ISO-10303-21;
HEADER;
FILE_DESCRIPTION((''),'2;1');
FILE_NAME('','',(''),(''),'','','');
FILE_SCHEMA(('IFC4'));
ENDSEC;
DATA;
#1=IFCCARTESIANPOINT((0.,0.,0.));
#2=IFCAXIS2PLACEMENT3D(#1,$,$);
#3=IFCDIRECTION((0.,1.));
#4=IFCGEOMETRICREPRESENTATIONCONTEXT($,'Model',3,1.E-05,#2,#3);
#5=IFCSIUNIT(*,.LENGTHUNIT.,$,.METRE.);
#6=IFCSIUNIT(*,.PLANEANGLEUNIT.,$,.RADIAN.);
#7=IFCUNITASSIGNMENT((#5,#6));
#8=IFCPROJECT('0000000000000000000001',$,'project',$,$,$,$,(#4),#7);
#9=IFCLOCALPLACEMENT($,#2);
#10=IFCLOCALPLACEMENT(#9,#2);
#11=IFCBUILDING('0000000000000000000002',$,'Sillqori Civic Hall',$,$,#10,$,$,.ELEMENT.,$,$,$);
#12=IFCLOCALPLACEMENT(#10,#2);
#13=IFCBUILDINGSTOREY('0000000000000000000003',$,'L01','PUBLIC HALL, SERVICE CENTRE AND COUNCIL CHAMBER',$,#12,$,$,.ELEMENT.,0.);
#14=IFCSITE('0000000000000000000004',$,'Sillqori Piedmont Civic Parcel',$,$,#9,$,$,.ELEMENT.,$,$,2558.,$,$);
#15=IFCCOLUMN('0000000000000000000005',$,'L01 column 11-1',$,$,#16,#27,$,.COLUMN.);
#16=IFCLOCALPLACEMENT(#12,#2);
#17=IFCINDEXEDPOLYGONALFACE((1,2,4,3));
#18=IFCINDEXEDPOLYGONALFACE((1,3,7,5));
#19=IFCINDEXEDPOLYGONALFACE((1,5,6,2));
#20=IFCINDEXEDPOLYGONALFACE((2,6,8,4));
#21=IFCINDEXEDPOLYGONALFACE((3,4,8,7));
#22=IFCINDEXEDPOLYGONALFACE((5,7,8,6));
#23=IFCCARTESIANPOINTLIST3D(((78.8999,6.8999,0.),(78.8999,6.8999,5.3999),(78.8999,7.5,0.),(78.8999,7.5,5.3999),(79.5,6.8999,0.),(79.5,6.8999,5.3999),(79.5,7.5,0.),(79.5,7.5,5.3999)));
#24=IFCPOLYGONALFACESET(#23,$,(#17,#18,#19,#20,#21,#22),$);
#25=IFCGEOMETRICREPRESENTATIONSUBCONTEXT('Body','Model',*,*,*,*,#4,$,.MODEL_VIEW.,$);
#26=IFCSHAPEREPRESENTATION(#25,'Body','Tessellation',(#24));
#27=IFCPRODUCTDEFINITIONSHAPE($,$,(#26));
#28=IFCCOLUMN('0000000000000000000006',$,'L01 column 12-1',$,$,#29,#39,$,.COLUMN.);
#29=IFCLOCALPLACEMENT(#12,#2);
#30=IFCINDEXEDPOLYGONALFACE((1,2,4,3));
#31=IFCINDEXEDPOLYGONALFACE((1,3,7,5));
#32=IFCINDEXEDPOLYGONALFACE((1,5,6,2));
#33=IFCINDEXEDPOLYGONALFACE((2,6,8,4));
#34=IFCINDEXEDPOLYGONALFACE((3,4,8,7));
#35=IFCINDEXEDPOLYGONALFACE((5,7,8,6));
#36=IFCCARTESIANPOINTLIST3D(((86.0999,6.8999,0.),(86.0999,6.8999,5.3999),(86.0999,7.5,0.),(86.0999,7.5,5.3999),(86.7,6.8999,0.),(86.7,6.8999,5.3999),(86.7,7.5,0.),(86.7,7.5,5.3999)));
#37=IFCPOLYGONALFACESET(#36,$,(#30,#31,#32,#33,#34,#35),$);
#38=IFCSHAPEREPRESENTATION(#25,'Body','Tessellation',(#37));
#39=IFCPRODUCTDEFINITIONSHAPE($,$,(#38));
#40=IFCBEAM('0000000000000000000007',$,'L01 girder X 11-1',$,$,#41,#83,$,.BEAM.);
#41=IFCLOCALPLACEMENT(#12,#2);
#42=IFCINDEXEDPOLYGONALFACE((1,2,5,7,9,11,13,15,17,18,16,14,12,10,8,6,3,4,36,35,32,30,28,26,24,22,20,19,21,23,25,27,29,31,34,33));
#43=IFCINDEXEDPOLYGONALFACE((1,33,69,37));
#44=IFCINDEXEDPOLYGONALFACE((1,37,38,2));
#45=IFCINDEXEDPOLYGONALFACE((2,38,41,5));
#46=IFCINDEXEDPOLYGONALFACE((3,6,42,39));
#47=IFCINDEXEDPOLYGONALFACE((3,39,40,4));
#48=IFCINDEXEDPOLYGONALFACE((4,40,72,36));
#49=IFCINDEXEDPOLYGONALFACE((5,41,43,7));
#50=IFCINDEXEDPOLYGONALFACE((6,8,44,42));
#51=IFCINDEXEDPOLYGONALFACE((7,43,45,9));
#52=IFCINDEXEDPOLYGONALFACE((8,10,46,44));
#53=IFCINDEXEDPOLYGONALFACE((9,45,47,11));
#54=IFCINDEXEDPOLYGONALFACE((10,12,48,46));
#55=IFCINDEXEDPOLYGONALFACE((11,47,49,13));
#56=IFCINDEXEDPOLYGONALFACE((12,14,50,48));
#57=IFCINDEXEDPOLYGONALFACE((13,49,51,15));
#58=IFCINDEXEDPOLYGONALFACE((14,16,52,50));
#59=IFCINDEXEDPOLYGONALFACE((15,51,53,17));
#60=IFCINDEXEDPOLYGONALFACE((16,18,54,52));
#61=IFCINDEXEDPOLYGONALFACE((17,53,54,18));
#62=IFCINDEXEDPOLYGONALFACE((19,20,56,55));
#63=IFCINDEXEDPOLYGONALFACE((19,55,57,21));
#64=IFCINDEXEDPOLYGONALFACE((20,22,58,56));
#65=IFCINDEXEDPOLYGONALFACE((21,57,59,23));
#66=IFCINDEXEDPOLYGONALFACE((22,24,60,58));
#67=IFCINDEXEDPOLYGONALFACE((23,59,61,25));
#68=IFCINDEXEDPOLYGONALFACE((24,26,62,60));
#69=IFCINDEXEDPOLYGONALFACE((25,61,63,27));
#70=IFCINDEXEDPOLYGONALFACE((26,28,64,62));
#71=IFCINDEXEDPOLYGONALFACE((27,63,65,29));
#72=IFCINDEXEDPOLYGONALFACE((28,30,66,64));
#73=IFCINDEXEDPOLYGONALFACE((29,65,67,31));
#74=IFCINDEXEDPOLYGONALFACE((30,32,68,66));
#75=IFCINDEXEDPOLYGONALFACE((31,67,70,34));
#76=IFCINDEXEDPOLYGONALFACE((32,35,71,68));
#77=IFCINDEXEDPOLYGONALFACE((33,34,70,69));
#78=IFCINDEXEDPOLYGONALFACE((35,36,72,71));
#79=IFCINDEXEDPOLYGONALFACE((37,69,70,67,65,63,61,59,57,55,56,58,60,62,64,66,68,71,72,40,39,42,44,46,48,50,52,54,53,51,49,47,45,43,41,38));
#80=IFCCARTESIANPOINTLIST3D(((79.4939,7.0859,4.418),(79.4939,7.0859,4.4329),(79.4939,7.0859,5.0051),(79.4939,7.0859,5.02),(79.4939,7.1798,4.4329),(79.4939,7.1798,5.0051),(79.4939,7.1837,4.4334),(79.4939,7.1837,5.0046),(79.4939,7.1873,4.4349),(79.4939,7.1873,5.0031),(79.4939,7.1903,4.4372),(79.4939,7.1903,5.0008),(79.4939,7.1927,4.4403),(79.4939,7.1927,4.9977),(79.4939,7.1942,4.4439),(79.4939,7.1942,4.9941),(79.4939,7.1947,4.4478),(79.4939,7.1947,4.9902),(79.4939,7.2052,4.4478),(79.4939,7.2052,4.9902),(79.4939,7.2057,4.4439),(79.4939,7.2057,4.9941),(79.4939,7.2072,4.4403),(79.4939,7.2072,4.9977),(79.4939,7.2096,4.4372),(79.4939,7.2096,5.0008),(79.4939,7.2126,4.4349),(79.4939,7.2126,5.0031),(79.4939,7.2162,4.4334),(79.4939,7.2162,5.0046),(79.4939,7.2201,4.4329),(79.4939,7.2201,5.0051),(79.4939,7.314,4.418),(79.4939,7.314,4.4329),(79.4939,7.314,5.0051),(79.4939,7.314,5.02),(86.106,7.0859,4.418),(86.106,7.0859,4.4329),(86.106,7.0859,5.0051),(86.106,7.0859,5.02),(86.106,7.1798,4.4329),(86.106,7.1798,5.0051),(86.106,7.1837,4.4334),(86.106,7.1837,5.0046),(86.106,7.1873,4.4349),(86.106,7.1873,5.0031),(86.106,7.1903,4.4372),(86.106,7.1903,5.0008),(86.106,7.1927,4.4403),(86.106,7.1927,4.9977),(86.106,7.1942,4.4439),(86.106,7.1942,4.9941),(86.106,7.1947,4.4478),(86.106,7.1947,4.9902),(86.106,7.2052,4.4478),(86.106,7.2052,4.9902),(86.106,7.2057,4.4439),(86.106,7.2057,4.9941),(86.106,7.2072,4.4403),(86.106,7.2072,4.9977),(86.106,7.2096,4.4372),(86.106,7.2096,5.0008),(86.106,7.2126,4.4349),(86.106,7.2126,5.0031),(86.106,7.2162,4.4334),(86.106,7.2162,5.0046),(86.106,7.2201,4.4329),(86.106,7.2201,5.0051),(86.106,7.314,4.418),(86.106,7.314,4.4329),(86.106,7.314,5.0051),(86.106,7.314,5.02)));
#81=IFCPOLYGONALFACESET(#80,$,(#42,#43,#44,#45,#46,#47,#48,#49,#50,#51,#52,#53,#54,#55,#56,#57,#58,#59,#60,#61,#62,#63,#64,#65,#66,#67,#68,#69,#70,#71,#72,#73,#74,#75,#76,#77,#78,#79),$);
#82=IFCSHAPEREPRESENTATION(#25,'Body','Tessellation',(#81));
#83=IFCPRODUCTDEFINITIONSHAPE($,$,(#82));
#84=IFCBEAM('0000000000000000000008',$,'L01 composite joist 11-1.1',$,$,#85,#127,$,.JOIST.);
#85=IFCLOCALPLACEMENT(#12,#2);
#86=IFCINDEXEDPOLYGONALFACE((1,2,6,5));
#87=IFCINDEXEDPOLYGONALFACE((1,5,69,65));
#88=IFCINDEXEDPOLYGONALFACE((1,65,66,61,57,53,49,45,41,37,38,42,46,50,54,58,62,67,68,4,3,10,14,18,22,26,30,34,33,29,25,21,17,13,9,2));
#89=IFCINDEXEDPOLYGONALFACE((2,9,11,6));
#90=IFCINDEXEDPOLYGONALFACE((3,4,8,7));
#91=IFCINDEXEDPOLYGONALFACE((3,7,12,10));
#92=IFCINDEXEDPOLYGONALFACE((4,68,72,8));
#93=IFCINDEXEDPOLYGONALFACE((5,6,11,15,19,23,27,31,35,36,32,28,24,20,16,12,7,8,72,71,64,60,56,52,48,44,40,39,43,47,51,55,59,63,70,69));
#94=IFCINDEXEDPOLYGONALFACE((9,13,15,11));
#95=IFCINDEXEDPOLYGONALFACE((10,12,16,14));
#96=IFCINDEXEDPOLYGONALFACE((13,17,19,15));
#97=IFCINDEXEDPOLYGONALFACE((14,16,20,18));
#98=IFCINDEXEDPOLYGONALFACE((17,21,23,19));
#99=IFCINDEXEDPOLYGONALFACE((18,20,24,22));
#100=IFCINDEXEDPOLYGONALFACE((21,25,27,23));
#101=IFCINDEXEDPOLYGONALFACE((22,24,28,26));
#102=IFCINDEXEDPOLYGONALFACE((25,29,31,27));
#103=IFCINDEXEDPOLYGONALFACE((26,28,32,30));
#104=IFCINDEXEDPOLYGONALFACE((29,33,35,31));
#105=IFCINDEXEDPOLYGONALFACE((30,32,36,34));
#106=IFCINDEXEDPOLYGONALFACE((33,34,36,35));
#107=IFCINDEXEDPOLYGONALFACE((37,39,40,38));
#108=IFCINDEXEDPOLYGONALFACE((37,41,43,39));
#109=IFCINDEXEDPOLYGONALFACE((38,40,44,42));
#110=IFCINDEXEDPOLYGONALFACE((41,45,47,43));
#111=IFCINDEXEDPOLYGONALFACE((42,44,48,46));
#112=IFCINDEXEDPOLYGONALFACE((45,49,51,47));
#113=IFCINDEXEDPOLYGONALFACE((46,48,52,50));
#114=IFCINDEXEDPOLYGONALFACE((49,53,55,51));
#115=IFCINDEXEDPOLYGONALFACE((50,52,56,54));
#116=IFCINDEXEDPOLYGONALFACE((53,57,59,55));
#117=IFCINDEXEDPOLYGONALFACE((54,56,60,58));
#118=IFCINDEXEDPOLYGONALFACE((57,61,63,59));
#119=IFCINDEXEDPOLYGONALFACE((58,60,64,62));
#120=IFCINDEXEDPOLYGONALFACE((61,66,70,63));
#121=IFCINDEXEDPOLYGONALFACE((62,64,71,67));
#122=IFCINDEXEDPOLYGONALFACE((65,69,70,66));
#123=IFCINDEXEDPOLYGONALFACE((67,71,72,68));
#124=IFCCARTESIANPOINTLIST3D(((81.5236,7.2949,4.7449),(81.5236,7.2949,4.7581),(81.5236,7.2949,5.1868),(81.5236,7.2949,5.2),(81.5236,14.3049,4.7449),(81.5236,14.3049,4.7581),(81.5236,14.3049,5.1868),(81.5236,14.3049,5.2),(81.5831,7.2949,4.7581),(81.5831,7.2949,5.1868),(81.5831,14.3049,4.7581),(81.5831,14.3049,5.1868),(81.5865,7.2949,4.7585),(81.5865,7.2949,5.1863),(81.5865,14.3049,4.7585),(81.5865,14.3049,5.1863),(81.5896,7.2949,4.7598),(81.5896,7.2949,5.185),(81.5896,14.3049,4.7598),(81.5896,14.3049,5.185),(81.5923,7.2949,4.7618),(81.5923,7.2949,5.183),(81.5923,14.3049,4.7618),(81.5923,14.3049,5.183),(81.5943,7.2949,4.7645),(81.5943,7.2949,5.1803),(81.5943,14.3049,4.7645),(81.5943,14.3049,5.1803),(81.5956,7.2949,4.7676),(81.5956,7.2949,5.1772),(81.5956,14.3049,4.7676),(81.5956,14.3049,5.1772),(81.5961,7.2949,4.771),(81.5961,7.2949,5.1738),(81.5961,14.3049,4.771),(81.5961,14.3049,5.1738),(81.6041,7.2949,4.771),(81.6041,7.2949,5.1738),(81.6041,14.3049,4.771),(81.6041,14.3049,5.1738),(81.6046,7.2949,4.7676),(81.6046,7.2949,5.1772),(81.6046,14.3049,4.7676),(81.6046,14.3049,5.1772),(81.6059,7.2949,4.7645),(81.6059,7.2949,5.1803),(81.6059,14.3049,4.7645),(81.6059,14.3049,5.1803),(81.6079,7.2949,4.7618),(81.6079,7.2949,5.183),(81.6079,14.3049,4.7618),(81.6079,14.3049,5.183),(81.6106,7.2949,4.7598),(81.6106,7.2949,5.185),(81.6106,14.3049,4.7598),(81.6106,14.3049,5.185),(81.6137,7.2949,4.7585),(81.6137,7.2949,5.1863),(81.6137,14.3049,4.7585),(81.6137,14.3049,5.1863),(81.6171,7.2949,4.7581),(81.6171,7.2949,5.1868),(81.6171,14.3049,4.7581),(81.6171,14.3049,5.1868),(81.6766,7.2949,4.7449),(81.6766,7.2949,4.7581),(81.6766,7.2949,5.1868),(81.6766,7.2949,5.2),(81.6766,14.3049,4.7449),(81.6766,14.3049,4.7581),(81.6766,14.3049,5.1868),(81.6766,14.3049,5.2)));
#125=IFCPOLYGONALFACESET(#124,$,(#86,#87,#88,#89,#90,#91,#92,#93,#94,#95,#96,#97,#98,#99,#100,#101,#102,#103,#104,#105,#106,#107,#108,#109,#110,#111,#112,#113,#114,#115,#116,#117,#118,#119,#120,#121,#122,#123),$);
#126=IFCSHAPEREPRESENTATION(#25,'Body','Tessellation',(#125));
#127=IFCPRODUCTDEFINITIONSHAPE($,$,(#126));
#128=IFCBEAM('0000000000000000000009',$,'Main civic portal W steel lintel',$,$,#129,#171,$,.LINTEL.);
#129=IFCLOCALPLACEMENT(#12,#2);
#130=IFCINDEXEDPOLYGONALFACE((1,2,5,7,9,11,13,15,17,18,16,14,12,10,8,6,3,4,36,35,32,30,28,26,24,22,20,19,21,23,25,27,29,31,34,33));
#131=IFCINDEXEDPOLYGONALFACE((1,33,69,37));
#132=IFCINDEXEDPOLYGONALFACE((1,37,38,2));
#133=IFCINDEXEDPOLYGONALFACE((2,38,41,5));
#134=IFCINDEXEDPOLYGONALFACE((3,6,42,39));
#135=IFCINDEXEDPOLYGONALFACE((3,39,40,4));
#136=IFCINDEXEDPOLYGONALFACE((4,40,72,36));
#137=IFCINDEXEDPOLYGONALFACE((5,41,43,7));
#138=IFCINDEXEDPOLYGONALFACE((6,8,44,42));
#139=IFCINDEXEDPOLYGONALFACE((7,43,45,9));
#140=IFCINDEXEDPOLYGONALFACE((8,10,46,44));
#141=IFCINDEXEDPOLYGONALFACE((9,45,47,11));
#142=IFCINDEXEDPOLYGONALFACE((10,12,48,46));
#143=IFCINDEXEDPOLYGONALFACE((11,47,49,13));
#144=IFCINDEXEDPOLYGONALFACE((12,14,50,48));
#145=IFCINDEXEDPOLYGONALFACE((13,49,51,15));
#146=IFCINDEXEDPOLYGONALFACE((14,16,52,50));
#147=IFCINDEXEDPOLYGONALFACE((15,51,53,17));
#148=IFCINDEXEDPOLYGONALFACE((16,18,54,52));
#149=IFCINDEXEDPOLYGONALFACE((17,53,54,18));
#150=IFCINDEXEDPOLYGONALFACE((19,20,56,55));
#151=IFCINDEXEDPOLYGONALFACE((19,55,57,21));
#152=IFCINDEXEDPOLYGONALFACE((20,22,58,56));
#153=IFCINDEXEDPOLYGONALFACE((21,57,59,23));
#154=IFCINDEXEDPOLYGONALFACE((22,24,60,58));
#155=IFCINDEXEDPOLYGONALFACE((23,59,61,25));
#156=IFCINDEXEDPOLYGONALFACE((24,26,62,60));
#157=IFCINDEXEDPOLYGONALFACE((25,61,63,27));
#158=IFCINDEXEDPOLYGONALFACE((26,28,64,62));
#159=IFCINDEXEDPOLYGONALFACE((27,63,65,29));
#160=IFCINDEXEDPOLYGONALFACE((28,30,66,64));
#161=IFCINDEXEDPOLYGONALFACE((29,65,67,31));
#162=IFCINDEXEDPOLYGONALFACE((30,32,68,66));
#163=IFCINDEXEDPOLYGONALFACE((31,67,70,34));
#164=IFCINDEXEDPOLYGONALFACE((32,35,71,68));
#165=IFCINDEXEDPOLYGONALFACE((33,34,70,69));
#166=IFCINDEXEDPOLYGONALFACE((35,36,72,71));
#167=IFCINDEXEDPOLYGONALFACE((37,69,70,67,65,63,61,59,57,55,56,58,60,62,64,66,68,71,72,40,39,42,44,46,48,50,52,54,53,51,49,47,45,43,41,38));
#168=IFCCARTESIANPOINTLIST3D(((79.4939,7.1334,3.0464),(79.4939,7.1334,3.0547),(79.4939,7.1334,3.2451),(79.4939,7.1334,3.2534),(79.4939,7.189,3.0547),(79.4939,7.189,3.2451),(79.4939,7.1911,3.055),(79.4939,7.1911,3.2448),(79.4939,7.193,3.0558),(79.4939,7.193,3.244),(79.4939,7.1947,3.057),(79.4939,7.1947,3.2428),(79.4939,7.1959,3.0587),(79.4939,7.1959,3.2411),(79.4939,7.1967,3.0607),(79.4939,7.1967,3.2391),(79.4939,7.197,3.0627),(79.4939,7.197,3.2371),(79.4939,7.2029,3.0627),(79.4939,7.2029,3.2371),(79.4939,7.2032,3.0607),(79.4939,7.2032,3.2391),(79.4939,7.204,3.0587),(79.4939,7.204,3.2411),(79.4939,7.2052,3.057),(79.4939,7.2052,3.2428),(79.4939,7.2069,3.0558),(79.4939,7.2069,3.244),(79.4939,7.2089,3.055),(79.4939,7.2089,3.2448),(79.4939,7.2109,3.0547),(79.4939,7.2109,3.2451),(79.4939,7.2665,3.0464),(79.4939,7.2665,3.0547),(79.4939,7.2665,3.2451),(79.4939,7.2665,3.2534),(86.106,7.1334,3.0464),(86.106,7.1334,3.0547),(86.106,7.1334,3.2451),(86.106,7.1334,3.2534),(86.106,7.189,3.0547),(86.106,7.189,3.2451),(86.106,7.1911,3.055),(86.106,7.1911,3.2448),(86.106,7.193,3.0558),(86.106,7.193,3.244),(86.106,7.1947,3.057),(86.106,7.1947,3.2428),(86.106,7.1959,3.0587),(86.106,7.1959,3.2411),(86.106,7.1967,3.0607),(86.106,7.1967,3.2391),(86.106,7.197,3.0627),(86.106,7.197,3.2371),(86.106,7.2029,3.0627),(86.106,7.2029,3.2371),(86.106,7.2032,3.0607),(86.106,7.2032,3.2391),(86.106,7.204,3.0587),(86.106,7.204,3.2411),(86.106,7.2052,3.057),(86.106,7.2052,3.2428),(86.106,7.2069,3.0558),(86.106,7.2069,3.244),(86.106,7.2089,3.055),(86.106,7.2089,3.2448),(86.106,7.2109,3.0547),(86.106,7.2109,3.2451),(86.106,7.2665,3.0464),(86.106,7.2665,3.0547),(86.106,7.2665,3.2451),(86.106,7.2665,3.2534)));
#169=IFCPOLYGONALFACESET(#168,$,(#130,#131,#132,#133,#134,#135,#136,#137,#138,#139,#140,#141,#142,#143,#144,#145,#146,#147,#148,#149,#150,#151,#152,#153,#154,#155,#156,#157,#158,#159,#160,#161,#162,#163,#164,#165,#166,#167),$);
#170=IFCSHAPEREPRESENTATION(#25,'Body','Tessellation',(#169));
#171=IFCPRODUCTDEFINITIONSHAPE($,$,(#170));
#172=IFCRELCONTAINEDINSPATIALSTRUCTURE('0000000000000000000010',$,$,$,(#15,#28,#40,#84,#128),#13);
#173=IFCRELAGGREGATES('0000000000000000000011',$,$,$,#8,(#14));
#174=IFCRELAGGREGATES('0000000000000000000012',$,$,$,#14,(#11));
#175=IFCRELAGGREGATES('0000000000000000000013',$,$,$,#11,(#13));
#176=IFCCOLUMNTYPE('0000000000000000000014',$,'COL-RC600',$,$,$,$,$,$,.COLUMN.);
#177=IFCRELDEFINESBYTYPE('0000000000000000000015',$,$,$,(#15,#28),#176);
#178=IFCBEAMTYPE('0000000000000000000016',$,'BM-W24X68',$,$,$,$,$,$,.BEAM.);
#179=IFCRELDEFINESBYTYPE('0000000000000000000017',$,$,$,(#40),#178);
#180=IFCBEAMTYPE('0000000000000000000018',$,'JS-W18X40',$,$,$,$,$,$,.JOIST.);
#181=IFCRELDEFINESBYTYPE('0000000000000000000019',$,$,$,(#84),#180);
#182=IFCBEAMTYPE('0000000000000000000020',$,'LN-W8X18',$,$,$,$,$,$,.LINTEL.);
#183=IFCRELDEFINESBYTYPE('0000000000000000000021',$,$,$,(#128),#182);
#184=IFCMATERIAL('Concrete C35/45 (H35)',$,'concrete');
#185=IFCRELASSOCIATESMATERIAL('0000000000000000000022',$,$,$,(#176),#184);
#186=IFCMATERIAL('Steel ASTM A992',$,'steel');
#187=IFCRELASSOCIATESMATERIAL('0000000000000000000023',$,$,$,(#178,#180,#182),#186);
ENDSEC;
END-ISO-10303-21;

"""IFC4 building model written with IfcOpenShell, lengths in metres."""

from ifc_helpers import new_model, si_unit, direction, frame, origin, origin_2d, place, context, subcontext, project, spatial, rectangle, i_section, extrude, material, material_profile, profile_set, type_object, element, save


model = new_model("IFC4")

# Units and contexts
model_context = context("Model", 3, precision=1e-05, world=origin(), true_north=direction((0.0, 1.0)))
body_context = subcontext(model_context, "Body", "Model", "MODEL_VIEW")
ifc_project = project(units=[si_unit("LENGTHUNIT", "METRE"), si_unit("PLANEANGLEUNIT", "RADIAN")], contexts=[model_context])

# Site, building, storey
site_placement = place(None, origin())
site = spatial("IfcSite", under=ifc_project, at=site_placement, Name="Sillqori Piedmont Civic Parcel", CompositionType="ELEMENT", RefElevation=2558.0)
building_placement = place(site_placement, origin())
building = spatial("IfcBuilding", under=site, at=building_placement, Name="Sillqori Civic Hall", CompositionType="ELEMENT")
storey_placement = place(building_placement, origin())
storey = spatial("IfcBuildingStorey", under=building, at=storey_placement, Name="L01", Description="PUBLIC HALL, SERVICE CENTRE AND COUNCIL CHAMBER", CompositionType="ELEMENT", Elevation=0.0)

# Columns
ifc_material_1 = material(Name="Concrete C35/45 (H35)", Category="concrete")
ifc_material_profile_1 = material_profile(ifc_material_1, rectangle(XDim=0.6001, YDim=0.6001, at=origin_2d()), Name="RC 600x600")
ifc_profile_set_1 = profile_set([ifc_material_profile_1], Name="Concrete C35/45 (H35)")
column_type = type_object("IfcColumnType", Name="COL-RC600", PredefinedType="COLUMN", material=ifc_profile_set_1)
for number, where, z_axis, x_axis, name in (
    (1, (79.2, 7.2, 0.0), (0.0, 0.0, 1.0), (1.0, 0.0, 0.0), "L01 column 11-1"),
    (2, (86.3999, 7.2, 0.0), (0.0, 0.0, 1.0), (1.0, 0.0, 0.0), "L01 column 12-1"),
):
    element("IfcColumn", number, at=place(storey_placement, frame(where, z_axis=z_axis, x_axis=x_axis)), inside=storey, type_object=column_type, Name=name, PredefinedType="COLUMN", context=body_context, shape_type="SweptSolid", body=[
        extrude(rectangle(XDim=0.6001, YDim=0.6001, at=origin_2d()), origin(), (0.0, 0.0, 1.0), 5.3999),
    ])

# Beam
ifc_material_2 = material(Name="Steel ASTM A992", Category="steel")
ifc_material_profile_2 = material_profile(ifc_material_2, i_section(OverallWidth=0.228, OverallDepth=0.6021, WebThickness=0.0105, FlangeThickness=0.0149, FilletRadius=0.0149, at=origin_2d()), Name="W24X68")
ifc_profile_set_2 = profile_set([ifc_material_profile_2], Name="Steel ASTM A992")
beam_type_1 = type_object("IfcBeamType", Name="BM-W24X68", PredefinedType="BEAM", material=ifc_profile_set_2)
beam_1_placement = place(storey_placement, frame((79.4939, 7.2, 4.719), z_axis=(1.0, 0.0, 0.0), x_axis=(0.0, 1.0, 0.0)))
element("IfcBeam", 3, at=beam_1_placement, inside=storey, type_object=beam_type_1, Name="L01 girder X 11-1", PredefinedType="BEAM", context=body_context, shape_type="SweptSolid", body=[
    extrude(i_section(OverallWidth=0.228, OverallDepth=0.6021, WebThickness=0.0105, FlangeThickness=0.0149, FilletRadius=0.0149, at=origin_2d()), origin(), (0.0, 0.0, 1.0), 6.6121),
])

# Beams
ifc_material_profile_3 = material_profile(ifc_material_2, i_section(OverallWidth=0.1531, OverallDepth=0.4551, WebThickness=0.0081, FlangeThickness=0.0132, FilletRadius=0.0129, at=origin_2d()), Name="W18X40")
ifc_profile_set_3 = profile_set([ifc_material_profile_3], Name="Steel ASTM A992")
beam_type_2 = type_object("IfcBeamType", Name="JS-W18X40", PredefinedType="JOIST", material=ifc_profile_set_3)
beam_2_placement = place(storey_placement, frame((81.6001, 7.2949, 4.9724), z_axis=(0.0, 1.0, 0.0), x_axis=(-1.0, 0.0, 0.0)))
element("IfcBeam", 4, at=beam_2_placement, inside=storey, type_object=beam_type_2, Name="L01 composite joist 11-1.1", PredefinedType="JOIST", context=body_context, shape_type="SweptSolid", body=[
    extrude(i_section(OverallWidth=0.1531, OverallDepth=0.4551, WebThickness=0.0081, FlangeThickness=0.0132, FilletRadius=0.0129, at=origin_2d()), origin(), (0.0, 0.0, 1.0), 7.01),
])
ifc_material_profile_4 = material_profile(ifc_material_2, i_section(OverallWidth=0.1331, OverallDepth=0.207, WebThickness=0.0059, FlangeThickness=0.0083, FilletRadius=0.0081, at=origin_2d()), Name="W8X18")
ifc_profile_set_4 = profile_set([ifc_material_profile_4], Name="Steel ASTM A992")
beam_type_3 = type_object("IfcBeamType", Name="LN-W8X18", PredefinedType="LINTEL", material=ifc_profile_set_4)
beam_3_placement = place(storey_placement, frame((79.4939, 7.2, 3.1499), z_axis=(1.0, 0.0, 0.0), x_axis=(0.0, 1.0, 0.0)))
element("IfcBeam", 5, at=beam_3_placement, inside=storey, type_object=beam_type_3, Name="Main civic portal W steel lintel", PredefinedType="LINTEL", context=body_context, shape_type="SweptSolid", body=[
    extrude(i_section(OverallWidth=0.1331, OverallDepth=0.207, WebThickness=0.0059, FlangeThickness=0.0083, FilletRadius=0.0081, at=origin_2d()), origin(), (0.0, 0.0, 1.0), 6.6121),
])

save(model, "model.ifc")
